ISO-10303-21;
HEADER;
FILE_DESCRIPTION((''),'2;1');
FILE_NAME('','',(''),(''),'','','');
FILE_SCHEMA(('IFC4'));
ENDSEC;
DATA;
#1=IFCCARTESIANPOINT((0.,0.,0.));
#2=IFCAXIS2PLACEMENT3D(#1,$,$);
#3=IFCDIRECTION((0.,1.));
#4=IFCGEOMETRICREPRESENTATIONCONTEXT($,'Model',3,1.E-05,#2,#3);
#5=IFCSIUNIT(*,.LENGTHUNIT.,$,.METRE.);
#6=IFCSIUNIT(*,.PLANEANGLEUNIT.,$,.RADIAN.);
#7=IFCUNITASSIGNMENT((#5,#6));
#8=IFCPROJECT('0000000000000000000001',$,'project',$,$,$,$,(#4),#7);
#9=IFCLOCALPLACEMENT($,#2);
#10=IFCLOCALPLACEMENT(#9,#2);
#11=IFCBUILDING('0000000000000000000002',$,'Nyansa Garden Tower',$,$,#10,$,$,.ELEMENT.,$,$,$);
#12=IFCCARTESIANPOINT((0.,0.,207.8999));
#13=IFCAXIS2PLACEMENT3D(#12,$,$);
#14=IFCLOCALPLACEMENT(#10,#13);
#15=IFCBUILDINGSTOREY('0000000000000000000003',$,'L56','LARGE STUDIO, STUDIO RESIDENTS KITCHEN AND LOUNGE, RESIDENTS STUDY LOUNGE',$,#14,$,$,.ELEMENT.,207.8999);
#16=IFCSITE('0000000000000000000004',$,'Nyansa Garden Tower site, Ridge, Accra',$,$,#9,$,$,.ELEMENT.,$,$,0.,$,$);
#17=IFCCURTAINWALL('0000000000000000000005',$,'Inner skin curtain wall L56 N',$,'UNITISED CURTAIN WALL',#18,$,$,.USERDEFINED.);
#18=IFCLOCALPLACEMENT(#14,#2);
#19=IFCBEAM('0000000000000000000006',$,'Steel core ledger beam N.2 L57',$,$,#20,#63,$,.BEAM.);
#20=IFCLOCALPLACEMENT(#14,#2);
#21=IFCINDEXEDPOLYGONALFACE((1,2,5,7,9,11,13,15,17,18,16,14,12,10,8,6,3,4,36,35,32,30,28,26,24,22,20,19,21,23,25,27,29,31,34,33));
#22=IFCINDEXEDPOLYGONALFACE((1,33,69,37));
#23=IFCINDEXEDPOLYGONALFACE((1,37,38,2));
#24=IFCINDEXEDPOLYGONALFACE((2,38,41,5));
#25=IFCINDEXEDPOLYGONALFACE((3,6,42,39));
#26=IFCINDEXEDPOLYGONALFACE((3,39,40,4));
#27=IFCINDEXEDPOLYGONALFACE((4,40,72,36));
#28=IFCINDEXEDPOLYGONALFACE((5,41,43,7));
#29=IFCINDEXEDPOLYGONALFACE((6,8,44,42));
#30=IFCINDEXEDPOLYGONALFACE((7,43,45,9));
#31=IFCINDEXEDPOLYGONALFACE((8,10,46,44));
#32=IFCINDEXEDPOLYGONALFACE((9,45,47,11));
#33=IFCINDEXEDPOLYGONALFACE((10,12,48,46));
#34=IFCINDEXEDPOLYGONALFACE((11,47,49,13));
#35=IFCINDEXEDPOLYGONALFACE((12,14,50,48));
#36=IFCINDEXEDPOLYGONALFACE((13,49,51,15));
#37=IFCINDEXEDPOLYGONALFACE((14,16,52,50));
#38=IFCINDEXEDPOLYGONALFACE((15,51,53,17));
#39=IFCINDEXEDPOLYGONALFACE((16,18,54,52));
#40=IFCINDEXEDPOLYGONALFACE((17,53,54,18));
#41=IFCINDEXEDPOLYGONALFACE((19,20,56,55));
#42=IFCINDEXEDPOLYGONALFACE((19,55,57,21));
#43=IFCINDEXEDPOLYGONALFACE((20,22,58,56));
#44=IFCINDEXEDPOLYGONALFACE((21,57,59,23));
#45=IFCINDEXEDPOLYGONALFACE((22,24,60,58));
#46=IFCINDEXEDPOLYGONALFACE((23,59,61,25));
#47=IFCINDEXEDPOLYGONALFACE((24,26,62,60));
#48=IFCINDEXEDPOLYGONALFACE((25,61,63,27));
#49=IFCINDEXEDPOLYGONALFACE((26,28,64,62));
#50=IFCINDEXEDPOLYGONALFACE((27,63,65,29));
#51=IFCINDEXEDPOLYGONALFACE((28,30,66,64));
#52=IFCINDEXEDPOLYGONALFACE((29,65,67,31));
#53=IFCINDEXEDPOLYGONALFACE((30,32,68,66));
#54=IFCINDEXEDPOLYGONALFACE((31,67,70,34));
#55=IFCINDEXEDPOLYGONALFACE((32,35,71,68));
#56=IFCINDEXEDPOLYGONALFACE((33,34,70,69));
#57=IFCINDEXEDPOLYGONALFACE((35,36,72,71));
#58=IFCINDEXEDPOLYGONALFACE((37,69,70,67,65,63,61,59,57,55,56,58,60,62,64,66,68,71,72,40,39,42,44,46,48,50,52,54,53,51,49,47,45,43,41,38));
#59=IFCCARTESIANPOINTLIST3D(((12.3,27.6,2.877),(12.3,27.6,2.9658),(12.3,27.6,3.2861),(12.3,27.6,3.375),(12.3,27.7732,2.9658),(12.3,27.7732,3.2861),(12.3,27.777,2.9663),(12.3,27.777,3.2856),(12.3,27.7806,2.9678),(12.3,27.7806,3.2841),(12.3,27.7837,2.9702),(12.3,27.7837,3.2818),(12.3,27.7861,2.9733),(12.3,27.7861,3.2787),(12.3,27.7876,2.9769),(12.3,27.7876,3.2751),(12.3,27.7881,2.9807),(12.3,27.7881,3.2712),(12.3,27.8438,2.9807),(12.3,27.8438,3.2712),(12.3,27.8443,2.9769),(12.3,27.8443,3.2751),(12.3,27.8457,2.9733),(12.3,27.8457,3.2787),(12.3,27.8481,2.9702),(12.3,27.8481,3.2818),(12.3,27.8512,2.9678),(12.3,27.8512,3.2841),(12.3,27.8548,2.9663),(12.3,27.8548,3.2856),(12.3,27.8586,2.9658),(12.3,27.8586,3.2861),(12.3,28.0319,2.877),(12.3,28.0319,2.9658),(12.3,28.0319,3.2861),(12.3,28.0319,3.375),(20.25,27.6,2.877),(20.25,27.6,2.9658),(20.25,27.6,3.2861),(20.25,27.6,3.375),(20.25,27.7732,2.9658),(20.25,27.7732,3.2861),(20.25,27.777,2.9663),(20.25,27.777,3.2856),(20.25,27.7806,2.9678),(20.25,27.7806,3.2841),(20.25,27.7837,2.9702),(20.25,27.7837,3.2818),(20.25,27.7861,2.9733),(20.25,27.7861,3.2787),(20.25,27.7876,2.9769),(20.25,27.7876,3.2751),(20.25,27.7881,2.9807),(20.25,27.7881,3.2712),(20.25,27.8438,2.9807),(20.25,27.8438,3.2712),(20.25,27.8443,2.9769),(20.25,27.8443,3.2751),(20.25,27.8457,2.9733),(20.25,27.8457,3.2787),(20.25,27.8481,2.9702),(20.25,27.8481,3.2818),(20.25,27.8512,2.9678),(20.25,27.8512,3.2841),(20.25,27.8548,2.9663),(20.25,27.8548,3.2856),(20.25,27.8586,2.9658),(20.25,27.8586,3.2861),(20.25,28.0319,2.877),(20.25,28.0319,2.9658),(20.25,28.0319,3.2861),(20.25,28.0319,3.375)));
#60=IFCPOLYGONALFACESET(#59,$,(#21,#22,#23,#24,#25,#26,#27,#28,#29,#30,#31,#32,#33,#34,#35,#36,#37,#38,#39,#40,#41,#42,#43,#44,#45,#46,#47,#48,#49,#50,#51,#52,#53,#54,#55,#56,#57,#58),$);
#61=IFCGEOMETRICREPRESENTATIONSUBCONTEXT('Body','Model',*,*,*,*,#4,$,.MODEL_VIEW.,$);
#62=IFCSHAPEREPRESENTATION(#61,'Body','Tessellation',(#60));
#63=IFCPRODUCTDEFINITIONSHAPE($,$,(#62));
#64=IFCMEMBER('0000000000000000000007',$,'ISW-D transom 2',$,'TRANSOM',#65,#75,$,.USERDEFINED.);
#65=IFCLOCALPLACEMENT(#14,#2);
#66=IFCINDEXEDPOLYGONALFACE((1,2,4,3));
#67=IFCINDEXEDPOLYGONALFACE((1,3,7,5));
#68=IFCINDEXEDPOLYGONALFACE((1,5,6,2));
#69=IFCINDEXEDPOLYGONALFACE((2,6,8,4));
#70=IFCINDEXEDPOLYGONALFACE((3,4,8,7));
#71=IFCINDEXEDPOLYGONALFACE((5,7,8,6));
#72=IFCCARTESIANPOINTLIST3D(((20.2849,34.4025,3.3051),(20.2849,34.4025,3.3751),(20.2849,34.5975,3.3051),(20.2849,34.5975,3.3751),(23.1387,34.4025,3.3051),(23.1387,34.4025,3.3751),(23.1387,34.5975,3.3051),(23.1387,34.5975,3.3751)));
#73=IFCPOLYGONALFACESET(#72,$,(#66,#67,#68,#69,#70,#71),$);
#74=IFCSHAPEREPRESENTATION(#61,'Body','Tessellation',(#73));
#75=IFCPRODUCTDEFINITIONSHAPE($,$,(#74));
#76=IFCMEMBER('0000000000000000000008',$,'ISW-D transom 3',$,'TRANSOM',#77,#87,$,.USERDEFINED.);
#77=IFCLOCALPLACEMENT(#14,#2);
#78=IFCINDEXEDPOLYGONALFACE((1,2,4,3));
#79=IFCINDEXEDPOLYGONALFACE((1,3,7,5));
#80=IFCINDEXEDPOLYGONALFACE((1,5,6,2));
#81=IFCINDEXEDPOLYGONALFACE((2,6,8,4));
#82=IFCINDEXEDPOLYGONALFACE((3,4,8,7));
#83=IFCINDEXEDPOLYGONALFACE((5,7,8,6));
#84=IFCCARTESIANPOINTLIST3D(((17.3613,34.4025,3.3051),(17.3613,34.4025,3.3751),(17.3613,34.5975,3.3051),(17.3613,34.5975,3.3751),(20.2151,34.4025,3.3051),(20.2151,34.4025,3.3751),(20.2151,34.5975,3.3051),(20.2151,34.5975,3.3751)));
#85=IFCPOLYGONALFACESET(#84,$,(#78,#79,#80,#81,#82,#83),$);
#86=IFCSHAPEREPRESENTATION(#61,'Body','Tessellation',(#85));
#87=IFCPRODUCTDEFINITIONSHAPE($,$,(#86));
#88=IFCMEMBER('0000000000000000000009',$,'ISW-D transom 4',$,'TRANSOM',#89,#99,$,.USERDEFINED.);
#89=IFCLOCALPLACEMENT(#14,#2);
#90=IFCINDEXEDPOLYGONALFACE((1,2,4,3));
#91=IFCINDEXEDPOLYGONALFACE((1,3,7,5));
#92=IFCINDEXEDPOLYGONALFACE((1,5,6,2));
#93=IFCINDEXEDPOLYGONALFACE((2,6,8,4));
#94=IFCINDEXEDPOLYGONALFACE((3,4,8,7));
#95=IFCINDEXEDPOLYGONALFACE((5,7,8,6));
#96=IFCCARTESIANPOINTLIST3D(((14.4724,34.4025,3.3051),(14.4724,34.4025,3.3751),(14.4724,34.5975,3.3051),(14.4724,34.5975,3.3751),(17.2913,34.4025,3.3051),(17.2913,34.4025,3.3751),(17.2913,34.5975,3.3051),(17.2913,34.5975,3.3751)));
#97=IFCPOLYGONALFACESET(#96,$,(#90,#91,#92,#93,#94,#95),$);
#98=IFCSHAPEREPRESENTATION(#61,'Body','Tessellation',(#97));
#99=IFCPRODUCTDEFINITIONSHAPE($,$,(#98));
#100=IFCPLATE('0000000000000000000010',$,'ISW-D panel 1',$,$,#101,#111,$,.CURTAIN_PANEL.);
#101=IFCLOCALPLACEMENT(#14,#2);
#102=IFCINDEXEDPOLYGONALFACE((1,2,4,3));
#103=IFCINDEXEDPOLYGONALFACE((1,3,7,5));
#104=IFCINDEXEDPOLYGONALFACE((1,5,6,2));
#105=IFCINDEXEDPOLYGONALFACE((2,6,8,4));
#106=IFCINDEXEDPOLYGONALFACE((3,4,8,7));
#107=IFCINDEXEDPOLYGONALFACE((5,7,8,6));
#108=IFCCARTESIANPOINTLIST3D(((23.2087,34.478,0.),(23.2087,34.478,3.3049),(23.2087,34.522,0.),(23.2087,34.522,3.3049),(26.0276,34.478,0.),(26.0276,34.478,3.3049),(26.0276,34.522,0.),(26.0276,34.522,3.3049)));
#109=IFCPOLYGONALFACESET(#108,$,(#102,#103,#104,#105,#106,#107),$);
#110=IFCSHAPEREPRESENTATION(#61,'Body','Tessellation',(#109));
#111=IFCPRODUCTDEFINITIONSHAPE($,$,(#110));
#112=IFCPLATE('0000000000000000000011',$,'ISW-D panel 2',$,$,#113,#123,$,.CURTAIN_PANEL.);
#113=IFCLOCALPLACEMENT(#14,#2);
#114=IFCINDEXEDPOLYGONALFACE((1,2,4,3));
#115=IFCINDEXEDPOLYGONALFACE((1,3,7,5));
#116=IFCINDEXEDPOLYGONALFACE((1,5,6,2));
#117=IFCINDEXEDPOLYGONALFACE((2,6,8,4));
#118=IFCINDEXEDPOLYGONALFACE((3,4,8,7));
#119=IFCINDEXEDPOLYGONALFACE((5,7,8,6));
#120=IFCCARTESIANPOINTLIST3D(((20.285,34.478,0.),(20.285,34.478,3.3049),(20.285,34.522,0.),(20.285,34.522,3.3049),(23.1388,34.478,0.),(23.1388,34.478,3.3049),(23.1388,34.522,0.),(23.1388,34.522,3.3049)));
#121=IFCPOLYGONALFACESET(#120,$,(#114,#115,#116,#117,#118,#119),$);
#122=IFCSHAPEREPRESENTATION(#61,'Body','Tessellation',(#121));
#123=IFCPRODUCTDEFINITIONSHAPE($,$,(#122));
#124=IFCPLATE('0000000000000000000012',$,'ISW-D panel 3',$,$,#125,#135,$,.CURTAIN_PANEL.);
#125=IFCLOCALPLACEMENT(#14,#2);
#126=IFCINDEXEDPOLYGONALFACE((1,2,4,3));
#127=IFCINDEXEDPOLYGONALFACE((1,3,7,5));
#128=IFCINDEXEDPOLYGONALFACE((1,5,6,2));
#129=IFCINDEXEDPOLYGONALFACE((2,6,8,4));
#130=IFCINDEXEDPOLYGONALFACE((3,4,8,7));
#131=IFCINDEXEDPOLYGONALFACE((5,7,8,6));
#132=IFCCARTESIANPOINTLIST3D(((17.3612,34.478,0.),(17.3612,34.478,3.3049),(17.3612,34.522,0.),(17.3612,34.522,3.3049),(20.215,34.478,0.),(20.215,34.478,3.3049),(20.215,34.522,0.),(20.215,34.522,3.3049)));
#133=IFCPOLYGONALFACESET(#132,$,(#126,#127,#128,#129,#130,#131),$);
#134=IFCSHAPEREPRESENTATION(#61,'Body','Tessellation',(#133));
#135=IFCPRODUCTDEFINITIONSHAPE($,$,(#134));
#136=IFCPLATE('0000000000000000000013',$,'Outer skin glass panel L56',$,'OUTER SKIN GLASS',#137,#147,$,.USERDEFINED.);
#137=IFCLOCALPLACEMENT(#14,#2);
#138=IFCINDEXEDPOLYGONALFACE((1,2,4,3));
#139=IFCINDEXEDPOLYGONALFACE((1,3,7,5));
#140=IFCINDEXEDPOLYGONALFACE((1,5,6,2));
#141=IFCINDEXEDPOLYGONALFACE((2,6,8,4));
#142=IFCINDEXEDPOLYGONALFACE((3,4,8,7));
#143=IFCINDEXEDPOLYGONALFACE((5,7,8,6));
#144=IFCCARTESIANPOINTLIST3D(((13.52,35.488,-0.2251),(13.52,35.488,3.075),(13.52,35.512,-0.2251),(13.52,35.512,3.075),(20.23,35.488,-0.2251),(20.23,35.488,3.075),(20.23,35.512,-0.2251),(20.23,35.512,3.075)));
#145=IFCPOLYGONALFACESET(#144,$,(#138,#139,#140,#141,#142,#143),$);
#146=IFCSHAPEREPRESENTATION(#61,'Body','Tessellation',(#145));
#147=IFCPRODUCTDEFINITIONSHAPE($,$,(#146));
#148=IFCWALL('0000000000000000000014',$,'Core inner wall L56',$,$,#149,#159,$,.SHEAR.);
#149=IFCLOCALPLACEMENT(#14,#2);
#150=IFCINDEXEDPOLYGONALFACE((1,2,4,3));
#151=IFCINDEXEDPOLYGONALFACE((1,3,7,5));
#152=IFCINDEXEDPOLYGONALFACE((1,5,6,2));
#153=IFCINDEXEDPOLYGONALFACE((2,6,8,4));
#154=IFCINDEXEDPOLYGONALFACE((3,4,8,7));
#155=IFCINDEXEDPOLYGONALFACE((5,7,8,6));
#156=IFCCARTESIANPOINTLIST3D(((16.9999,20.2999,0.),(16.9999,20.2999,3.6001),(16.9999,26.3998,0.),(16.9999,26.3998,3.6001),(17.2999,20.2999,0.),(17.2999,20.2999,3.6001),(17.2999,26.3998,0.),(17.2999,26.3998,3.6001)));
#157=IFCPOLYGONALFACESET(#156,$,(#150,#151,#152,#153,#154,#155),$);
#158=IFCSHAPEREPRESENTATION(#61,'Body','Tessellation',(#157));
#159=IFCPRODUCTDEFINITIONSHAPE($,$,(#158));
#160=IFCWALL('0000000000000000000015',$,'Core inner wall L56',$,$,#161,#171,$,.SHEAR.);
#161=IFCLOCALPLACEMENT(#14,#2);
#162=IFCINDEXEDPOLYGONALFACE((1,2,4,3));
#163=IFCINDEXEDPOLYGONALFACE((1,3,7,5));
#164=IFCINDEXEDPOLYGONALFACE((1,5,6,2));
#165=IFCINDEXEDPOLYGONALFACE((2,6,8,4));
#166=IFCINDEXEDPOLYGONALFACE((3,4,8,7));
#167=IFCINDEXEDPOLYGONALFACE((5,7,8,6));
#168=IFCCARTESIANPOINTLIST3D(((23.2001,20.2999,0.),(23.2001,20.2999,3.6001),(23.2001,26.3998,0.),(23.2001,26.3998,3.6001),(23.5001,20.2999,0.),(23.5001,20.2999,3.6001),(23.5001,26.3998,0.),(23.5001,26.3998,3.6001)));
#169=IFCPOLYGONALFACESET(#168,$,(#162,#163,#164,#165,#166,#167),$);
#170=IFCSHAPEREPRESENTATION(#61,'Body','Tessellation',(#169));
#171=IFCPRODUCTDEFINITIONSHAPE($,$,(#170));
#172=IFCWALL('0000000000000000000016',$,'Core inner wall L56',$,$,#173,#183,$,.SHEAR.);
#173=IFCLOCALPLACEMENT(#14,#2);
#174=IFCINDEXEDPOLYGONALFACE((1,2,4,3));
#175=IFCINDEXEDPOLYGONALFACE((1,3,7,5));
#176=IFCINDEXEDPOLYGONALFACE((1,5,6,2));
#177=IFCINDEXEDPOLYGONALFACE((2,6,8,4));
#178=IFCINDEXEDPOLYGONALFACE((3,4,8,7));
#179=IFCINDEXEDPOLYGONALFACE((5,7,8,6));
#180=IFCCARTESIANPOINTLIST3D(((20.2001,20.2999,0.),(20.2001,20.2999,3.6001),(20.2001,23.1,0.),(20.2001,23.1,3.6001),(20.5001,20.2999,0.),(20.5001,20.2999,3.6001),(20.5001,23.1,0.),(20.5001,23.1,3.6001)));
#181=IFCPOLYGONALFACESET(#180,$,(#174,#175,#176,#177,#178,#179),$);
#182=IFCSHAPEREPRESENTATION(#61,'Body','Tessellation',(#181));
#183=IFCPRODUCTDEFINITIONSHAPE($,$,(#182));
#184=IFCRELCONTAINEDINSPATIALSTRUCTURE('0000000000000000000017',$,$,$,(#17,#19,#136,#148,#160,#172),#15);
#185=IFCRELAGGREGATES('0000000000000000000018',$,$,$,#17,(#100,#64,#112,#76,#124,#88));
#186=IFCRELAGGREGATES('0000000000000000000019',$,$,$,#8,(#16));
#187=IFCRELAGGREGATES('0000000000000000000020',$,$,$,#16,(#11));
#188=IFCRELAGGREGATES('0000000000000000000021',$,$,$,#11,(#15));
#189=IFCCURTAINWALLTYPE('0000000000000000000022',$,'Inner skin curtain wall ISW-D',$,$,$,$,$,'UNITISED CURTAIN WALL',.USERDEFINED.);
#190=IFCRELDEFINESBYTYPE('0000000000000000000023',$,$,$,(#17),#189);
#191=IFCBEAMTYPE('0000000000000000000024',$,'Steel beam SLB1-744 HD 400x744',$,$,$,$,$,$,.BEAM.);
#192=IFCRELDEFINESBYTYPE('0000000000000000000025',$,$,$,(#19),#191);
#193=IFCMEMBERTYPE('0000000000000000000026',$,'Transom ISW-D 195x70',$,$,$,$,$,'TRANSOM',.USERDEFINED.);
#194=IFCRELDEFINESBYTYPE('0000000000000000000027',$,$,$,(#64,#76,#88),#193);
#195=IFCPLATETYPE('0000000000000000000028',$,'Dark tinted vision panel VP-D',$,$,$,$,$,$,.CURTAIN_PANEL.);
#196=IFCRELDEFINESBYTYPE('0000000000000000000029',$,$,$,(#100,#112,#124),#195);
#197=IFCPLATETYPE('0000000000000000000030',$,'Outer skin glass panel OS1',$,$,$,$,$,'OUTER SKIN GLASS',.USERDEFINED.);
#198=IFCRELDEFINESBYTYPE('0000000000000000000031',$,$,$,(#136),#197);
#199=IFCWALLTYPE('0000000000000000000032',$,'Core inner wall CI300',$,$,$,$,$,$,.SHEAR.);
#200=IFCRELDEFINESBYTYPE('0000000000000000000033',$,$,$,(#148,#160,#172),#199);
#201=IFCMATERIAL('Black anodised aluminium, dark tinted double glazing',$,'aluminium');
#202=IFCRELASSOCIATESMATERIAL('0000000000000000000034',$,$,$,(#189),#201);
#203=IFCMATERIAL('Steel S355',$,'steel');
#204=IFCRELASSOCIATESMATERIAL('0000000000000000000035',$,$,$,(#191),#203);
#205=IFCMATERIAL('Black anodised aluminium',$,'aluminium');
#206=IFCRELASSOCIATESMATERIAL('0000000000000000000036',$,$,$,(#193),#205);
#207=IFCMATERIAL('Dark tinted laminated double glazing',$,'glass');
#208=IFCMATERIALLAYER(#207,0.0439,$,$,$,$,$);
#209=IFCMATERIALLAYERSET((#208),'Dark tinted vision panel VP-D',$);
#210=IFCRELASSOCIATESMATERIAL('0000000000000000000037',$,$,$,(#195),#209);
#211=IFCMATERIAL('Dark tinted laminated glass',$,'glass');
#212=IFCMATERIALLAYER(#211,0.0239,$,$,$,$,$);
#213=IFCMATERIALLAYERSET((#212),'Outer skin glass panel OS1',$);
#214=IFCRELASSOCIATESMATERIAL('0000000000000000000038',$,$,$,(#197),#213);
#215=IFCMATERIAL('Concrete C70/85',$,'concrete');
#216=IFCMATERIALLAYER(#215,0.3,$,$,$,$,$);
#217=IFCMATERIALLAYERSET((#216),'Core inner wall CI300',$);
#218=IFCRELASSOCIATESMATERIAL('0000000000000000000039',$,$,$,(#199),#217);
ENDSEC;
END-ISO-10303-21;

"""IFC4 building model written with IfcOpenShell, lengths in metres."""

from ifc_helpers import new_model, si_unit, direction, frame, frame_2d, origin, origin_2d, place, context, subcontext, project, spatial, rectangle, i_section, extrude, material, layer, layer_set, material_profile, profile_set, type_object, element, aggregate, save


model = new_model("IFC4")

# Units and contexts
model_context = context("Model", 3, precision=1e-05, world=origin(), true_north=direction((0.0, 1.0)))
body_context = subcontext(model_context, "Body", "Model", "MODEL_VIEW")
ifc_project = project(units=[si_unit("LENGTHUNIT", "METRE"), si_unit("PLANEANGLEUNIT", "RADIAN")], contexts=[model_context])

# Site, building, storey
site_placement = place(None, origin())
site = spatial("IfcSite", under=ifc_project, at=site_placement, Name="Nyansa Garden Tower site, Ridge, Accra", CompositionType="ELEMENT", RefElevation=0.0)
building_placement = place(site_placement, origin())
building = spatial("IfcBuilding", under=site, at=building_placement, Name="Nyansa Garden Tower", CompositionType="ELEMENT")
storey_placement = place(building_placement, frame((0.0, 0.0, 207.8999)))
storey = spatial("IfcBuildingStorey", under=building, at=storey_placement, Name="L56", Description="LARGE STUDIO, STUDIO RESIDENTS KITCHEN AND LOUNGE, RESIDENTS STUDY LOUNGE", CompositionType="ELEMENT", Elevation=207.8999)

# Curtain wall
ifc_material_1 = material(Name="Black anodised aluminium, dark tinted double glazing", Category="aluminium")
curtain_wall_type = type_object("IfcCurtainWallType", Name="Inner skin curtain wall ISW-D", ElementType="UNITISED CURTAIN WALL", PredefinedType="USERDEFINED", material=ifc_material_1)
curtain_wall_placement = place(storey_placement, origin())
curtain_wall = element("IfcCurtainWall", 1, at=curtain_wall_placement, inside=storey, type_object=curtain_wall_type, Name="Inner skin curtain wall L56 N", ObjectType="UNITISED CURTAIN WALL", PredefinedType="USERDEFINED")

# Beam
ifc_material_2 = material(Name="Steel S355", Category="steel")
ifc_material_profile_1 = material_profile(ifc_material_2, i_section(OverallWidth=0.4319, OverallDepth=0.498, WebThickness=0.0557, FlangeThickness=0.0889, FilletRadius=0.0149, at=origin_2d()), Name="HD 400x744")
ifc_profile_set_1 = profile_set([ifc_material_profile_1], Name="Steel S355")
beam_type_1 = type_object("IfcBeamType", Name="Steel beam SLB1-744 HD 400x744", PredefinedType="BEAM", material=ifc_profile_set_1)
beam_1_placement = place(storey_placement, frame((20.25, 27.8159, 3.126), z_axis=(-1.0, 0.0, 0.0), x_axis=(0.0, -1.0, 0.0)))
element("IfcBeam", 2, at=beam_1_placement, inside=storey, type_object=beam_type_1, Name="Steel core ledger beam N.2 L57", PredefinedType="BEAM", context=body_context, shape_type="SweptSolid", body=[
    extrude(i_section(OverallWidth=0.4319, OverallDepth=0.498, WebThickness=0.0557, FlangeThickness=0.0889, FilletRadius=0.0149, at=origin_2d()), origin(), (0.0, 0.0, 1.0), 7.95),
])

# Members
ifc_material_3 = material(Name="Black anodised aluminium", Category="aluminium")
ifc_material_profile_2 = material_profile(ifc_material_3, rectangle(XDim=0.1951, YDim=0.0701, at=origin_2d()), Name="Transom 195x70")
ifc_profile_set_2 = profile_set([ifc_material_profile_2], Name="Black anodised aluminium")
member_type_1 = type_object("IfcMemberType", Name="Transom ISW-D 195x70", ElementType="TRANSOM", PredefinedType="USERDEFINED", material=ifc_profile_set_2)
member_1_placement = place(storey_placement, frame((23.1387, 34.5, 3.3401), z_axis=(-1.0, 0.0, 0.0), x_axis=(0.0, -1.0, 0.0)))
member_1 = element("IfcMember", 3, at=member_1_placement, type_object=member_type_1, Name="ISW-D transom 2", ObjectType="TRANSOM", PredefinedType="USERDEFINED", context=body_context, shape_type="SweptSolid", body=[
    extrude(rectangle(XDim=0.1951, YDim=0.0701, at=origin_2d()), origin(), (0.0, 0.0, 1.0), 2.8538),
])
member_2_placement = place(storey_placement, frame((20.2151, 34.5, 3.3401), z_axis=(-1.0, 0.0, 0.0), x_axis=(0.0, -1.0, 0.0)))
member_2 = element("IfcMember", 4, at=member_2_placement, type_object=member_type_1, Name="ISW-D transom 3", ObjectType="TRANSOM", PredefinedType="USERDEFINED", context=body_context, shape_type="SweptSolid", body=[
    extrude(rectangle(XDim=0.1951, YDim=0.0701, at=origin_2d()), origin(), (0.0, 0.0, 1.0), 2.8538),
])
member_3_placement = place(storey_placement, frame((17.2913, 34.5, 3.3401), z_axis=(-1.0, 0.0, 0.0), x_axis=(0.0, -1.0, 0.0)))
member_3 = element("IfcMember", 5, at=member_3_placement, type_object=member_type_1, Name="ISW-D transom 4", ObjectType="TRANSOM", PredefinedType="USERDEFINED", context=body_context, shape_type="SweptSolid", body=[
    extrude(rectangle(XDim=0.1951, YDim=0.0701, at=origin_2d()), origin(), (0.0, 0.0, 1.0), 2.8188),
])

# Plates
ifc_material_4 = material(Name="Dark tinted laminated double glazing", Category="glass")
ifc_layer_1 = layer(ifc_material_4, 0.0439)
ifc_layer_set_1 = layer_set([ifc_layer_1], Name="Dark tinted vision panel VP-D")
plate_type_1 = type_object("IfcPlateType", Name="Dark tinted vision panel VP-D", PredefinedType="CURTAIN_PANEL", material=ifc_layer_set_1)
plate_1_placement = place(storey_placement, frame((24.6182, 34.5, 0.0), z_axis=(0.0, 0.0, 1.0), x_axis=(-1.0, 0.0, 0.0)))
plate_1 = element("IfcPlate", 6, at=plate_1_placement, type_object=plate_type_1, Name="ISW-D panel 1", PredefinedType="CURTAIN_PANEL", context=body_context, shape_type="SweptSolid", body=[
    extrude(rectangle(XDim=2.8188, YDim=0.0439, at=origin_2d()), origin(), (0.0, 0.0, 1.0), 3.3049),
])
plate_2_placement = place(storey_placement, frame((21.7119, 34.5, 0.0), z_axis=(0.0, 0.0, 1.0), x_axis=(-1.0, 0.0, 0.0)))
plate_2 = element("IfcPlate", 7, at=plate_2_placement, type_object=plate_type_1, Name="ISW-D panel 2", PredefinedType="CURTAIN_PANEL", context=body_context, shape_type="SweptSolid", body=[
    extrude(rectangle(XDim=2.8538, YDim=0.0439, at=origin_2d()), origin(), (0.0, 0.0, 1.0), 3.3049),
])
plate_3_placement = place(storey_placement, frame((18.7881, 34.5, 0.0), z_axis=(0.0, 0.0, 1.0), x_axis=(-1.0, 0.0, 0.0)))
plate_3 = element("IfcPlate", 8, at=plate_3_placement, type_object=plate_type_1, Name="ISW-D panel 3", PredefinedType="CURTAIN_PANEL", context=body_context, shape_type="SweptSolid", body=[
    extrude(rectangle(XDim=2.8538, YDim=0.0439, at=origin_2d()), origin(), (0.0, 0.0, 1.0), 3.3049),
])
aggregate(curtain_wall, [plate_1, member_1, plate_2, member_2, plate_3, member_3])
ifc_material_5 = material(Name="Dark tinted laminated glass", Category="glass")
ifc_layer_2 = layer(ifc_material_5, 0.0239)
ifc_layer_set_2 = layer_set([ifc_layer_2], Name="Outer skin glass panel OS1")
plate_type_2 = type_object("IfcPlateType", Name="Outer skin glass panel OS1", ElementType="OUTER SKIN GLASS", PredefinedType="USERDEFINED", material=ifc_layer_set_2)
plate_4_placement = place(storey_placement, frame((16.875, 35.5, -0.2251), z_axis=(0.0, 0.0, 1.0), x_axis=(1.0, 0.0, 0.0)))
element("IfcPlate", 9, at=plate_4_placement, inside=storey, type_object=plate_type_2, Name="Outer skin glass panel L56", ObjectType="OUTER SKIN GLASS", PredefinedType="USERDEFINED", context=body_context, shape_type="SweptSolid", body=[
    extrude(rectangle(XDim=6.71, YDim=0.0239, at=origin_2d()), origin(), (0.0, 0.0, 1.0), 3.3),
])

# Walls
ifc_material_6 = material(Name="Concrete C70/85", Category="concrete")
ifc_layer_3 = layer(ifc_material_6, 0.3)
ifc_layer_set_3 = layer_set([ifc_layer_3], Name="Core inner wall CI300")
wall_type_1 = type_object("IfcWallType", Name="Core inner wall CI300", PredefinedType="SHEAR", material=ifc_layer_set_3)
for number, where, z_axis, x_axis, name in (
    (10, (17.1499, 20.3, 0.0), (0.0, 0.0, 1.0), (0.0, 1.0, 0.0), "Core inner wall L56"),
    (11, (23.3501, 20.3, 0.0), (0.0, 0.0, 1.0), (0.0, 1.0, 0.0), "Core inner wall L56"),
):
    element("IfcWall", number, at=place(storey_placement, frame(where, z_axis=z_axis, x_axis=x_axis)), inside=storey, type_object=wall_type_1, Name=name, PredefinedType="SHEAR", context=body_context, shape_type="SweptSolid", body=[
        extrude(rectangle(XDim=6.0999, YDim=0.3, at=frame_2d((3.0498, 0.0))), origin(), (0.0, 0.0, 1.0), 3.6001),
    ])
wall_1_placement = place(storey_placement, frame((20.3501, 20.3, 0.0), z_axis=(0.0, 0.0, 1.0), x_axis=(0.0, 1.0, 0.0)))
element("IfcWall", 12, at=wall_1_placement, inside=storey, type_object=wall_type_1, Name="Core inner wall L56", PredefinedType="SHEAR", context=body_context, shape_type="SweptSolid", body=[
    extrude(rectangle(XDim=2.8, YDim=0.3, at=frame_2d((1.3999, 0.0))), origin(), (0.0, 0.0, 1.0), 3.6001),
])

save(model, "model.ifc")
